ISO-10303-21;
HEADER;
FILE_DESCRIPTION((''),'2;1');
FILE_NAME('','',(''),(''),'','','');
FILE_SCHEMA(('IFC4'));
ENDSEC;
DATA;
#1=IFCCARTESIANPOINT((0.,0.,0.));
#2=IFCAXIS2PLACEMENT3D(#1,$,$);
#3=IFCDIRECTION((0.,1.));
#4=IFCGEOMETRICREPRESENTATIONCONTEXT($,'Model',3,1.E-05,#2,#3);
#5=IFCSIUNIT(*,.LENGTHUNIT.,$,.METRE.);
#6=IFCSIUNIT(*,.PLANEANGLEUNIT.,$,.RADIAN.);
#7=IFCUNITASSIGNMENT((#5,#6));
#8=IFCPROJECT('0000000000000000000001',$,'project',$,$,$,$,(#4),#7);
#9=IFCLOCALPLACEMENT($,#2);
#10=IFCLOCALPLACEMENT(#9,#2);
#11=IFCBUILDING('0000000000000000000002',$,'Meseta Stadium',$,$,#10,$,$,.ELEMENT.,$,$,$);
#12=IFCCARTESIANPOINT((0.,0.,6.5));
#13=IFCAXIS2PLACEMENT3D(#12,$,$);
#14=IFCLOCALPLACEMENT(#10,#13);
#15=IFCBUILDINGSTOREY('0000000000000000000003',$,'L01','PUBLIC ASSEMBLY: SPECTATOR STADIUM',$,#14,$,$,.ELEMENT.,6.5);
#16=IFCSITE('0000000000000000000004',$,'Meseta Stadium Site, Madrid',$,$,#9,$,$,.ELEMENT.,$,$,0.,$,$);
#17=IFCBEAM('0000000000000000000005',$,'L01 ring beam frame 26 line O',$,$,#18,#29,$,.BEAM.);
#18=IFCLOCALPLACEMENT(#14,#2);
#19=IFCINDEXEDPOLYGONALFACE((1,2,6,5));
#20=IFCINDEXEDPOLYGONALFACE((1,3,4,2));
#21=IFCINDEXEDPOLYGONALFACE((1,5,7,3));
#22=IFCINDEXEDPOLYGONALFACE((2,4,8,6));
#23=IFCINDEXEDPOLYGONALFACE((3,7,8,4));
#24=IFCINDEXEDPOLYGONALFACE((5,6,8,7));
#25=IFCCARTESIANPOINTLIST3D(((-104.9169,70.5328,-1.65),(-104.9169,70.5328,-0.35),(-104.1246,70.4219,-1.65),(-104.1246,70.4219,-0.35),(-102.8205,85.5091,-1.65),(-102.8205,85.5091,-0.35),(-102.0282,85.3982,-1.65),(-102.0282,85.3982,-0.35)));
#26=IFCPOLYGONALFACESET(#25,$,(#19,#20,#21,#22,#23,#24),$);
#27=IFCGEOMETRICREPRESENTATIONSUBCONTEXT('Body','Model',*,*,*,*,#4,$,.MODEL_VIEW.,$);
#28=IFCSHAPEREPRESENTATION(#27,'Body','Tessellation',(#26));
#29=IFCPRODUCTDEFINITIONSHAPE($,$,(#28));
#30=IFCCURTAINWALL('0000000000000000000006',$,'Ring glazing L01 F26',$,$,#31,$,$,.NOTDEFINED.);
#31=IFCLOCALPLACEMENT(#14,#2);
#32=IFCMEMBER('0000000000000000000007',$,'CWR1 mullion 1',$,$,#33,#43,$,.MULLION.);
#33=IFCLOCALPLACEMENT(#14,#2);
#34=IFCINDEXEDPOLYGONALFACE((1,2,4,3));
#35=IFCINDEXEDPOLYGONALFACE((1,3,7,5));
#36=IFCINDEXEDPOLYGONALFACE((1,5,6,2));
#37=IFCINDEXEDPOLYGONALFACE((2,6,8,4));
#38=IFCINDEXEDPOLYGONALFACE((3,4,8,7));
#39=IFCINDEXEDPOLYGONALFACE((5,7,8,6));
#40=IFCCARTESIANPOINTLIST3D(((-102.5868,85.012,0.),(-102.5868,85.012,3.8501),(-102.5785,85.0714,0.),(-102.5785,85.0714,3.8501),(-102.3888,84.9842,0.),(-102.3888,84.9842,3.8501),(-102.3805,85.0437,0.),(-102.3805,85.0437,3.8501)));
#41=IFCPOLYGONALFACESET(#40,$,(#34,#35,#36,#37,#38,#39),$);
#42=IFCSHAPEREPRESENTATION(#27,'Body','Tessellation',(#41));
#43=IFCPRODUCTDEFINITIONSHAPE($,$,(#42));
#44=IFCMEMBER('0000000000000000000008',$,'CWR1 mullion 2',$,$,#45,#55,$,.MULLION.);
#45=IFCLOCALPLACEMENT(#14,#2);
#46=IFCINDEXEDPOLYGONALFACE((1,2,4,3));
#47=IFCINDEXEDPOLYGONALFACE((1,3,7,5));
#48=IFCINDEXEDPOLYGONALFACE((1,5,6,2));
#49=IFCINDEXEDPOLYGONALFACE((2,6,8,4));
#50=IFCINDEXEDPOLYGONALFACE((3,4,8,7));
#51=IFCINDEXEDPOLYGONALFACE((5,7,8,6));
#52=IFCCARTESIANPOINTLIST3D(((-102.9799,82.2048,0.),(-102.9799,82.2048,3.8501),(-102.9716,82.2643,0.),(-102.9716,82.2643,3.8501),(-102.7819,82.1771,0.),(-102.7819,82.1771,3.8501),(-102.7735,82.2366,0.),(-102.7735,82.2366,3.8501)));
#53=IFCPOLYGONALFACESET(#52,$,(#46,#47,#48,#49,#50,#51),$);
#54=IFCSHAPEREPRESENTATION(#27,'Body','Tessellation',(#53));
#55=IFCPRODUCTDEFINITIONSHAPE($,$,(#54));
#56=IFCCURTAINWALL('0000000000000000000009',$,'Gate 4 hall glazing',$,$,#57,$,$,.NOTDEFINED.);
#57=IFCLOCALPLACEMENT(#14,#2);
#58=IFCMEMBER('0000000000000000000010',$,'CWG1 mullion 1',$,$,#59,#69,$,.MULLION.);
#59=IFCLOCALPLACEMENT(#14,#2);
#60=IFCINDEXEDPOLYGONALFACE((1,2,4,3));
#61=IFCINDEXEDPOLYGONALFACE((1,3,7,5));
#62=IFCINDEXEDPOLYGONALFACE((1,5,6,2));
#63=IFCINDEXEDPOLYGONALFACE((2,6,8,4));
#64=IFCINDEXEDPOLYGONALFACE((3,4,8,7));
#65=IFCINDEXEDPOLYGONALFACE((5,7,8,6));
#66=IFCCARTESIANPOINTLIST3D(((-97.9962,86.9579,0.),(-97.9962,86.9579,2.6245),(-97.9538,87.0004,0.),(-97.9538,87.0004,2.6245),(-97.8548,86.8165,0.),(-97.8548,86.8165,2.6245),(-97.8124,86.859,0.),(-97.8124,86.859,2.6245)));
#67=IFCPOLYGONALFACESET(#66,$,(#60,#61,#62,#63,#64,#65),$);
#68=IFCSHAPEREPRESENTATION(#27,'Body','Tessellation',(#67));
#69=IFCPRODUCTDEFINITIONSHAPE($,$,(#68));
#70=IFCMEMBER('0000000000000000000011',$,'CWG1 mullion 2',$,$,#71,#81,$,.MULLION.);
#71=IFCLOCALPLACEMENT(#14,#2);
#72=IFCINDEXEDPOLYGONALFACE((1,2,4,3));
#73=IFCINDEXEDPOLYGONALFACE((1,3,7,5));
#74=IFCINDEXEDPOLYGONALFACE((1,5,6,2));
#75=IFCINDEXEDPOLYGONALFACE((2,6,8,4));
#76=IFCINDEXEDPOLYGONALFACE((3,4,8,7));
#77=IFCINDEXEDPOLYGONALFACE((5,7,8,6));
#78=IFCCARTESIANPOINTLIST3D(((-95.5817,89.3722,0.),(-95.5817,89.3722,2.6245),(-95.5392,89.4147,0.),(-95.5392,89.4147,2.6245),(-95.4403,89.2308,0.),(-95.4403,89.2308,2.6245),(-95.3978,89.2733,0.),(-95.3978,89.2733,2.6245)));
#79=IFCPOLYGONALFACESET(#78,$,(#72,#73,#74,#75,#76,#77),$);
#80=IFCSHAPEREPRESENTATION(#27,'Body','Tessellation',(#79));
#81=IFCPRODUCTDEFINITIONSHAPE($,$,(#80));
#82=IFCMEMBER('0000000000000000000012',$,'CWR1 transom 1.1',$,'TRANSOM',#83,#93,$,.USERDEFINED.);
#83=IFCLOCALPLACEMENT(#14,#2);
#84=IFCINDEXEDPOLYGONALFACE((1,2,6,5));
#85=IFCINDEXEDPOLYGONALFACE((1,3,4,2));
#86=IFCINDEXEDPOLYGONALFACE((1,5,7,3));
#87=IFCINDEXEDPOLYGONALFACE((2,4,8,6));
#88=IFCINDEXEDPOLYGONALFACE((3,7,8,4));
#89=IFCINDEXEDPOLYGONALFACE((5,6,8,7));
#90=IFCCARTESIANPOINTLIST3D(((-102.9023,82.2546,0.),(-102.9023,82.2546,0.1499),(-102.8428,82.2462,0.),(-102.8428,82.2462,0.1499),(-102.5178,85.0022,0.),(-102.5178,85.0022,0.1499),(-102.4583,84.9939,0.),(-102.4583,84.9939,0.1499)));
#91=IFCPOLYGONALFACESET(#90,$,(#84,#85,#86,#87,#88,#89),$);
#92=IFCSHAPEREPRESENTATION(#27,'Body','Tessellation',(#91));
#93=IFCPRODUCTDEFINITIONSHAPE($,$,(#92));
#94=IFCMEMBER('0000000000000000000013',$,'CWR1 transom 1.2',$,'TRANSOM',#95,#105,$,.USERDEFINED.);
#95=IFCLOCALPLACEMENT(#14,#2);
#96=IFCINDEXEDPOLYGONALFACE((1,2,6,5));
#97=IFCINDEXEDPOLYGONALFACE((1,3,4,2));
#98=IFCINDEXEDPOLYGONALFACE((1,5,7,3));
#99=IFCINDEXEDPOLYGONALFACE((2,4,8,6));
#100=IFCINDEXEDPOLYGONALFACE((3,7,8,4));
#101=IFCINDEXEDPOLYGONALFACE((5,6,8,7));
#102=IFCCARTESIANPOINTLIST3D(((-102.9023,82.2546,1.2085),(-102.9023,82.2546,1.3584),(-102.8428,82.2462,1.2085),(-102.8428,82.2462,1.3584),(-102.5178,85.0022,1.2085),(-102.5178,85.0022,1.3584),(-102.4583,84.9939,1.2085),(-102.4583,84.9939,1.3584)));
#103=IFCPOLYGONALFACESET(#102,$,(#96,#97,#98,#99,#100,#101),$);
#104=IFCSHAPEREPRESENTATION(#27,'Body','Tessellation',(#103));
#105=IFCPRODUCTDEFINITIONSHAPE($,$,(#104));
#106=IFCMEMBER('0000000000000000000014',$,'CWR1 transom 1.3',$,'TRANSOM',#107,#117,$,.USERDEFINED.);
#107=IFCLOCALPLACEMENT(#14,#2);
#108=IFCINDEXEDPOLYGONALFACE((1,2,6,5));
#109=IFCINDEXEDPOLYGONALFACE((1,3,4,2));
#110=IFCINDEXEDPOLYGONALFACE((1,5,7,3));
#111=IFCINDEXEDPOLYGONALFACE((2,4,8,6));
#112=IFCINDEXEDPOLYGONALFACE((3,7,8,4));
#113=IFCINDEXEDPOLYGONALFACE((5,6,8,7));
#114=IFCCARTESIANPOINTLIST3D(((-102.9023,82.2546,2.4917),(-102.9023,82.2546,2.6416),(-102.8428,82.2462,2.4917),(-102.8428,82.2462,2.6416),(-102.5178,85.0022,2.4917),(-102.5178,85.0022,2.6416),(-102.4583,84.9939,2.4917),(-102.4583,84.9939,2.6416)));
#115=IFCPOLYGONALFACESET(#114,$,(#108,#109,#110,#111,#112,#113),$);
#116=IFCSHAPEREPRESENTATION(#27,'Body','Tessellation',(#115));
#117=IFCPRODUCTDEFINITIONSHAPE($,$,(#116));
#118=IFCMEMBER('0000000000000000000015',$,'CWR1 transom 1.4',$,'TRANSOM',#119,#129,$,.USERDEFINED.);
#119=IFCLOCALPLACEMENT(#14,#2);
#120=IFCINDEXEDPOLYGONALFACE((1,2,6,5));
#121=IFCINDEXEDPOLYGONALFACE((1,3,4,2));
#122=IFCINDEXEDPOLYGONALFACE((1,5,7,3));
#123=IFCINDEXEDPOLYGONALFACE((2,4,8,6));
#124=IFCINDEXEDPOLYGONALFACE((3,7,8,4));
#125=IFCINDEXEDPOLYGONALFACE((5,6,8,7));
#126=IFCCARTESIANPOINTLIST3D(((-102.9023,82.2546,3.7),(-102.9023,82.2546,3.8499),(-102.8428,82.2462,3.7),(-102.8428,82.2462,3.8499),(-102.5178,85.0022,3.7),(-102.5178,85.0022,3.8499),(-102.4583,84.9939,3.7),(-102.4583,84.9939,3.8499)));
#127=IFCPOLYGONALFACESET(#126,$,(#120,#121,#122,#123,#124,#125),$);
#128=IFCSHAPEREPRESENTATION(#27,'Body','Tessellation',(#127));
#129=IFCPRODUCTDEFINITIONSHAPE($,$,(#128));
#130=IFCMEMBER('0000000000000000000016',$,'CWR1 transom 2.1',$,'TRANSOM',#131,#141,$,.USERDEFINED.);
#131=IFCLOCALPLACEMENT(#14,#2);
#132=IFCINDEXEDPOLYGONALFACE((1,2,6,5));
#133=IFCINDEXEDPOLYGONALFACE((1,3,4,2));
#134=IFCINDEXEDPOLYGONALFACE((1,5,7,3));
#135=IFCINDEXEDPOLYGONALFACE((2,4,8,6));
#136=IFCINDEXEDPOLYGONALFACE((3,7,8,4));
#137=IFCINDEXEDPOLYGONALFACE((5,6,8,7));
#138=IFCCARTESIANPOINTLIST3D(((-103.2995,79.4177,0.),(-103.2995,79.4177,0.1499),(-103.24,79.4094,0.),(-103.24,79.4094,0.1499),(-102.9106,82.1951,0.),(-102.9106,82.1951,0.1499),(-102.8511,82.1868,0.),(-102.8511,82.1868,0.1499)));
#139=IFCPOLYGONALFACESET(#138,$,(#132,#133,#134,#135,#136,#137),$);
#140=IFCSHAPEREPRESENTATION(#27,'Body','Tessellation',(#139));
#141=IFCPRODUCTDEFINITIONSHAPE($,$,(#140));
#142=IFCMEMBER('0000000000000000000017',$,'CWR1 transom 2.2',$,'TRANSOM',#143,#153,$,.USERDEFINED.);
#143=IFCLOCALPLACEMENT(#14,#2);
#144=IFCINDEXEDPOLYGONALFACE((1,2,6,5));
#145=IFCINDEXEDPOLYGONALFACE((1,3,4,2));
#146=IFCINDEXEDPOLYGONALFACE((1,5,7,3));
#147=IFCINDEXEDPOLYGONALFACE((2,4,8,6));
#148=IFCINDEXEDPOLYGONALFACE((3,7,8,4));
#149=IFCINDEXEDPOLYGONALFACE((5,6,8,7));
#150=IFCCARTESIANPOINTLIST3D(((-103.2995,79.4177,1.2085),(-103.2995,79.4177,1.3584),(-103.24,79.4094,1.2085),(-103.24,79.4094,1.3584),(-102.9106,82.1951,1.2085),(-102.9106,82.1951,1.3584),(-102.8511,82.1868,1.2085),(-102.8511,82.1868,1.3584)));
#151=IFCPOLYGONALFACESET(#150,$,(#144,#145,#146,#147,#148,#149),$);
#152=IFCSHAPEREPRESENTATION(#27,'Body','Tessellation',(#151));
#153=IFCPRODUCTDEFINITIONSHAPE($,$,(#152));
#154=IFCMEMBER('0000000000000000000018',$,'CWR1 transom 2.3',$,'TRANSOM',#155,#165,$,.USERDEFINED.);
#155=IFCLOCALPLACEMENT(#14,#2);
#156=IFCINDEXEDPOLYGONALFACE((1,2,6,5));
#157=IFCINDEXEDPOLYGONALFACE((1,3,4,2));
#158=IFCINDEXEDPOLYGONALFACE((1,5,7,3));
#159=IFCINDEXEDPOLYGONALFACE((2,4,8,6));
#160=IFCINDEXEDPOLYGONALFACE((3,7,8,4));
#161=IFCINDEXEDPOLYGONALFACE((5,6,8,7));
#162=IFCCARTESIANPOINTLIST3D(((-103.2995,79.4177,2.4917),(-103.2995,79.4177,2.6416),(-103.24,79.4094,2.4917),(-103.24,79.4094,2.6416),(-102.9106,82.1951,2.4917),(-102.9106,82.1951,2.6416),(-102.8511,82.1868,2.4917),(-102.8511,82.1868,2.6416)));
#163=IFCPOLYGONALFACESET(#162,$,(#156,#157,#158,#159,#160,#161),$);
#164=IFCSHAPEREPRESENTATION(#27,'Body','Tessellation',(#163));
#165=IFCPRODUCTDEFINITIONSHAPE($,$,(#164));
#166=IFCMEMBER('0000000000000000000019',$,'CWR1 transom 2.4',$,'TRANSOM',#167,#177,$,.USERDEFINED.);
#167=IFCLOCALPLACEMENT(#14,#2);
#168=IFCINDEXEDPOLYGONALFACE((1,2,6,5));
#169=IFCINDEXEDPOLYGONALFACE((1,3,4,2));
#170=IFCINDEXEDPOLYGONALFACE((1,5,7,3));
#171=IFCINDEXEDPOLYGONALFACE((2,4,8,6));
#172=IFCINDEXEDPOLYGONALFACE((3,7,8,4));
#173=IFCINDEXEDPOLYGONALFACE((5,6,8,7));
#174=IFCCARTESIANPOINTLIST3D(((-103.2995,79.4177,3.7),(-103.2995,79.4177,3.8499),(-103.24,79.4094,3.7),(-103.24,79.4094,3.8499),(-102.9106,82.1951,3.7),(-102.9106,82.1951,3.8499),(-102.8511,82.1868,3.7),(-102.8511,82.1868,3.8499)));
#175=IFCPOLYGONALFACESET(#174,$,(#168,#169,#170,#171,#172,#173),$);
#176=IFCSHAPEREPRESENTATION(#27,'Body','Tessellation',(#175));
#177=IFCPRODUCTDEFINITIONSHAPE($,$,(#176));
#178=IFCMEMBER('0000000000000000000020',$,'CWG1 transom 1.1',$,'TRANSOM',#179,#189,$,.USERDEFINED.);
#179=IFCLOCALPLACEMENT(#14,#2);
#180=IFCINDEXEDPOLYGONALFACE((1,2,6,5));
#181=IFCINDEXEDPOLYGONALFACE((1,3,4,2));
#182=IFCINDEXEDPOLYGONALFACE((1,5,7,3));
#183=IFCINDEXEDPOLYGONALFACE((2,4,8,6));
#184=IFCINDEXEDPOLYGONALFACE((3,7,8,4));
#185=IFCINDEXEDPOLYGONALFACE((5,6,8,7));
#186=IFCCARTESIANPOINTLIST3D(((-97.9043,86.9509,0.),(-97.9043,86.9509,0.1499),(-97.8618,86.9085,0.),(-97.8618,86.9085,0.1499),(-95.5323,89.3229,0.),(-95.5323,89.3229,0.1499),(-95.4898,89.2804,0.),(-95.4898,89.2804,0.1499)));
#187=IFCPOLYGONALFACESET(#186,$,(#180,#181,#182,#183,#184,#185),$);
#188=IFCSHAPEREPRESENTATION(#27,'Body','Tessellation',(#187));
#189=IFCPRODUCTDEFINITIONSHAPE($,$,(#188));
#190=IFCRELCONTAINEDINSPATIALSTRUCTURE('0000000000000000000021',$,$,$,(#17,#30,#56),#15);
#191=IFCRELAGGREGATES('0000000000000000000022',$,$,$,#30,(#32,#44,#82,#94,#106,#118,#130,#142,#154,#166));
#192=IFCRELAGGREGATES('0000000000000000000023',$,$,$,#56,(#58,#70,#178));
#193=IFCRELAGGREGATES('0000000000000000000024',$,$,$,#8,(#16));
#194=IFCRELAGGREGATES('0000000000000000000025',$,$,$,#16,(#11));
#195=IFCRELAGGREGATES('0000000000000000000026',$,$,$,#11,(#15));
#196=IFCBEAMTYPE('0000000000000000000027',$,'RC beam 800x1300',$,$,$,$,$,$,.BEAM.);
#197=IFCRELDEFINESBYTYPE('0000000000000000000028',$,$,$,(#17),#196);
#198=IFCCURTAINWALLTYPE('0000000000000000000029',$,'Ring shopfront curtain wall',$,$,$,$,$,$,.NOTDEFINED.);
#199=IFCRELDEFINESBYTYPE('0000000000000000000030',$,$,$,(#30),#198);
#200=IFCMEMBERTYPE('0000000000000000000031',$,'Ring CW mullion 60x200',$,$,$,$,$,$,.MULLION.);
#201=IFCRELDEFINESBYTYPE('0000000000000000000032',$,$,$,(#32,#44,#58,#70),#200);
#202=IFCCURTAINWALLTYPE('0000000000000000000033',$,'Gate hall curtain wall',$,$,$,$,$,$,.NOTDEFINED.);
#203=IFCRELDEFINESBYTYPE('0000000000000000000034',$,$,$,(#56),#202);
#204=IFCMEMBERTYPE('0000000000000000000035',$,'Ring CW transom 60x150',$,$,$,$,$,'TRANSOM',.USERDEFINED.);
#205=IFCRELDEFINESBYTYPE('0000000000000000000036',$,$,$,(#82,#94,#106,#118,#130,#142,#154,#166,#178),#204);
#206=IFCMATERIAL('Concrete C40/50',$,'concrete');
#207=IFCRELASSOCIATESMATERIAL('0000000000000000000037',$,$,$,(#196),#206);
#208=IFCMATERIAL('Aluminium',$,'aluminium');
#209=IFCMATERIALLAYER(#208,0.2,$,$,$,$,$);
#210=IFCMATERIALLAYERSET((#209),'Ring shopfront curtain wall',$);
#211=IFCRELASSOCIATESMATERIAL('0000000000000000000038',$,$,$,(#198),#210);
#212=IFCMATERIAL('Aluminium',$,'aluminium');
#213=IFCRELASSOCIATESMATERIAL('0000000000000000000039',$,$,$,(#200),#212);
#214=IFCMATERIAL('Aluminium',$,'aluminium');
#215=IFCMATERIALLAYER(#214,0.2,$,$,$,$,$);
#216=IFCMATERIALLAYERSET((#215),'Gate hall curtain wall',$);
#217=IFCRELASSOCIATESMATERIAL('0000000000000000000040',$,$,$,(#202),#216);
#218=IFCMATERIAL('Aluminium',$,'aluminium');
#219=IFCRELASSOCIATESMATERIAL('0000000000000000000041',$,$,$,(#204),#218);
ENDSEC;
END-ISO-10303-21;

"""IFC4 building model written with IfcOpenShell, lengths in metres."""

from ifc_helpers import new_model, si_unit, direction, frame, origin, origin_2d, place, context, subcontext, project, spatial, rectangle, extrude, material, layer, layer_set, material_profile, profile_set, type_object, element, aggregate, save


model = new_model("IFC4")

# Units and contexts
model_context = context("Model", 3, precision=1e-05, world=origin(), true_north=direction((0.0, 1.0)))
body_context = subcontext(model_context, "Body", "Model", "MODEL_VIEW")
ifc_project = project(units=[si_unit("LENGTHUNIT", "METRE"), si_unit("PLANEANGLEUNIT", "RADIAN")], contexts=[model_context])

# Site, building, storey
site_placement = place(None, origin())
site = spatial("IfcSite", under=ifc_project, at=site_placement, Name="Meseta Stadium Site, Madrid", CompositionType="ELEMENT", RefElevation=0.0)
building_placement = place(site_placement, origin())
building = spatial("IfcBuilding", under=site, at=building_placement, Name="Meseta Stadium", CompositionType="ELEMENT")
storey_placement = place(building_placement, frame((0.0, 0.0, 6.5)))
storey = spatial("IfcBuildingStorey", under=building, at=storey_placement, Name="L01", Description="PUBLIC ASSEMBLY: SPECTATOR STADIUM", CompositionType="ELEMENT", Elevation=6.5)

# Beam
ifc_material_1 = material(Name="Concrete C40/50", Category="concrete")
ifc_material_profile_1 = material_profile(ifc_material_1, rectangle(XDim=0.8, YDim=1.3, at=origin_2d()), Name="RC 800x1300")
ifc_profile_set_1 = profile_set([ifc_material_profile_1], Name="Concrete C40/50")
beam_type_1 = type_object("IfcBeamType", Name="RC beam 800x1300", PredefinedType="BEAM", material=ifc_profile_set_1)
beam_1_placement = place(storey_placement, frame((-102.4243, 85.4536, -1.0), z_axis=(-0.138632, -0.990344, 0.0), x_axis=(0.990344, -0.138632, 0.0)))
element("IfcBeam", 1, at=beam_1_placement, inside=storey, type_object=beam_type_1, Name="L01 ring beam frame 26 line O", PredefinedType="BEAM", context=body_context, shape_type="SweptSolid", body=[
    extrude(rectangle(XDim=0.8, YDim=1.3, at=origin_2d()), origin(), (0.0, 0.0, 1.0), 15.1223),
])

# Curtain walls, members
ifc_material_2 = material(Name="Aluminium", Category="aluminium")
ifc_layer_1 = layer(ifc_material_2, 0.2)
ifc_layer_set_1 = layer_set([ifc_layer_1], Name="Ring shopfront curtain wall")
curtain_wall_type_1 = type_object("IfcCurtainWallType", Name="Ring shopfront curtain wall", PredefinedType="NOTDEFINED", material=ifc_layer_set_1)
curtain_wall_1_placement = place(storey_placement, origin())
curtain_wall_1 = element("IfcCurtainWall", 2, at=curtain_wall_1_placement, inside=storey, type_object=curtain_wall_type_1, Name="Ring glazing L01 F26", PredefinedType="NOTDEFINED")
ifc_material_3 = material(Name="Aluminium", Category="aluminium")
ifc_material_profile_2 = material_profile(ifc_material_3, rectangle(XDim=0.2, YDim=0.0601, at=origin_2d()), Name="CW 200x60")
ifc_profile_set_2 = profile_set([ifc_material_profile_2], Name="Aluminium")
member_type_1 = type_object("IfcMemberType", Name="Ring CW mullion 60x200", PredefinedType="MULLION", material=ifc_profile_set_2)
member_1_placement = place(storey_placement, frame((-102.4836, 85.0278, 0.0), z_axis=(0.0, 0.0, 1.0), x_axis=(0.990342, -0.138643, 0.0)))
member_1 = element("IfcMember", 3, at=member_1_placement, type_object=member_type_1, Name="CWR1 mullion 1", PredefinedType="MULLION", context=body_context, shape_type="SweptSolid", body=[
    extrude(rectangle(XDim=0.2, YDim=0.0601, at=origin_2d()), origin(), (0.0, 0.0, 1.0), 3.8501),
])
member_2_placement = place(storey_placement, frame((-102.8767, 82.2207, 0.0), z_axis=(0.0, 0.0, 1.0), x_axis=(0.990342, -0.138643, 0.0)))
member_2 = element("IfcMember", 4, at=member_2_placement, type_object=member_type_1, Name="CWR1 mullion 2", PredefinedType="MULLION", context=body_context, shape_type="SweptSolid", body=[
    extrude(rectangle(XDim=0.2, YDim=0.0601, at=origin_2d()), origin(), (0.0, 0.0, 1.0), 3.8501),
])
ifc_material_4 = material(Name="Aluminium", Category="aluminium")
ifc_layer_2 = layer(ifc_material_4, 0.2)
ifc_layer_set_2 = layer_set([ifc_layer_2], Name="Gate hall curtain wall")
curtain_wall_type_2 = type_object("IfcCurtainWallType", Name="Gate hall curtain wall", PredefinedType="NOTDEFINED", material=ifc_layer_set_2)
curtain_wall_2_placement = place(storey_placement, origin())
curtain_wall_2 = element("IfcCurtainWall", 5, at=curtain_wall_2_placement, inside=storey, type_object=curtain_wall_type_2, Name="Gate 4 hall glazing", PredefinedType="NOTDEFINED")
member_3_placement = place(storey_placement, frame((-97.9043, 86.9084, 0.0), z_axis=(0.0, 0.0, 1.0), x_axis=(-0.707102, 0.707112, 0.0)))
member_3 = element("IfcMember", 6, at=member_3_placement, type_object=member_type_1, Name="CWG1 mullion 1", PredefinedType="MULLION", context=body_context, shape_type="SweptSolid", body=[
    extrude(rectangle(XDim=0.2, YDim=0.0601, at=origin_2d()), origin(), (0.0, 0.0, 1.0), 2.6245),
])
member_4_placement = place(storey_placement, frame((-95.4897, 89.3228, 0.0), z_axis=(0.0, 0.0, 1.0), x_axis=(-0.707102, 0.707112, 0.0)))
member_4 = element("IfcMember", 7, at=member_4_placement, type_object=member_type_1, Name="CWG1 mullion 2", PredefinedType="MULLION", context=body_context, shape_type="SweptSolid", body=[
    extrude(rectangle(XDim=0.2, YDim=0.0601, at=origin_2d()), origin(), (0.0, 0.0, 1.0), 2.6245),
])

# Members
ifc_material_5 = material(Name="Aluminium", Category="aluminium")
ifc_material_profile_3 = material_profile(ifc_material_5, rectangle(XDim=0.0601, YDim=0.1499, at=origin_2d()), Name="CW 60x150")
ifc_profile_set_3 = profile_set([ifc_material_profile_3], Name="Aluminium")
member_type_2 = type_object("IfcMemberType", Name="Ring CW transom 60x150", ElementType="TRANSOM", PredefinedType="USERDEFINED", material=ifc_profile_set_3)
member_5_placement = place(storey_placement, frame((-102.488, 84.998, 0.075), z_axis=(-0.1386, -0.990349, 0.0), x_axis=(0.990349, -0.1386, 0.0)))
member_5 = element("IfcMember", 8, at=member_5_placement, type_object=member_type_2, Name="CWR1 transom 1.1", ObjectType="TRANSOM", PredefinedType="USERDEFINED", context=body_context, shape_type="SweptSolid", body=[
    extrude(rectangle(XDim=0.0601, YDim=0.1499, at=origin_2d()), origin(), (0.0, 0.0, 1.0), 2.7744),
])
member_6_placement = place(storey_placement, frame((-102.488, 84.998, 1.2834), z_axis=(-0.1386, -0.990349, 0.0), x_axis=(0.990349, -0.1386, 0.0)))
member_6 = element("IfcMember", 9, at=member_6_placement, type_object=member_type_2, Name="CWR1 transom 1.2", ObjectType="TRANSOM", PredefinedType="USERDEFINED", context=body_context, shape_type="SweptSolid", body=[
    extrude(rectangle(XDim=0.0601, YDim=0.1499, at=origin_2d()), origin(), (0.0, 0.0, 1.0), 2.7744),
])
member_7_placement = place(storey_placement, frame((-102.488, 84.998, 2.5667), z_axis=(-0.1386, -0.990349, 0.0), x_axis=(0.990349, -0.1386, 0.0)))
member_7 = element("IfcMember", 10, at=member_7_placement, type_object=member_type_2, Name="CWR1 transom 1.3", ObjectType="TRANSOM", PredefinedType="USERDEFINED", context=body_context, shape_type="SweptSolid", body=[
    extrude(rectangle(XDim=0.0601, YDim=0.1499, at=origin_2d()), origin(), (0.0, 0.0, 1.0), 2.7744),
])
member_8_placement = place(storey_placement, frame((-102.488, 84.998, 3.7749), z_axis=(-0.1386, -0.990349, 0.0), x_axis=(0.990349, -0.1386, 0.0)))
member_8 = element("IfcMember", 11, at=member_8_placement, type_object=member_type_2, Name="CWR1 transom 1.4", ObjectType="TRANSOM", PredefinedType="USERDEFINED", context=body_context, shape_type="SweptSolid", body=[
    extrude(rectangle(XDim=0.0601, YDim=0.1499, at=origin_2d()), origin(), (0.0, 0.0, 1.0), 2.7744),
])
member_9_placement = place(storey_placement, frame((-102.8809, 82.1909, 0.075), z_axis=(-0.138679, -0.990337, 0.0), x_axis=(0.990337, -0.138679, 0.0)))
member_9 = element("IfcMember", 12, at=member_9_placement, type_object=member_type_2, Name="CWR1 transom 2.1", ObjectType="TRANSOM", PredefinedType="USERDEFINED", context=body_context, shape_type="SweptSolid", body=[
    extrude(rectangle(XDim=0.0601, YDim=0.1499, at=origin_2d()), origin(), (0.0, 0.0, 1.0), 2.8044),
])
member_10_placement = place(storey_placement, frame((-102.8809, 82.1909, 1.2834), z_axis=(-0.138679, -0.990337, 0.0), x_axis=(0.990337, -0.138679, 0.0)))
member_10 = element("IfcMember", 13, at=member_10_placement, type_object=member_type_2, Name="CWR1 transom 2.2", ObjectType="TRANSOM", PredefinedType="USERDEFINED", context=body_context, shape_type="SweptSolid", body=[
    extrude(rectangle(XDim=0.0601, YDim=0.1499, at=origin_2d()), origin(), (0.0, 0.0, 1.0), 2.8044),
])
member_11_placement = place(storey_placement, frame((-102.8809, 82.1909, 2.5667), z_axis=(-0.138679, -0.990337, 0.0), x_axis=(0.990337, -0.138679, 0.0)))
member_11 = element("IfcMember", 14, at=member_11_placement, type_object=member_type_2, Name="CWR1 transom 2.3", ObjectType="TRANSOM", PredefinedType="USERDEFINED", context=body_context, shape_type="SweptSolid", body=[
    extrude(rectangle(XDim=0.0601, YDim=0.1499, at=origin_2d()), origin(), (0.0, 0.0, 1.0), 2.8044),
])
member_12_placement = place(storey_placement, frame((-102.8809, 82.1909, 3.7749), z_axis=(-0.138679, -0.990337, 0.0), x_axis=(0.990337, -0.138679, 0.0)))
member_12 = element("IfcMember", 15, at=member_12_placement, type_object=member_type_2, Name="CWR1 transom 2.4", ObjectType="TRANSOM", PredefinedType="USERDEFINED", context=body_context, shape_type="SweptSolid", body=[
    extrude(rectangle(XDim=0.0601, YDim=0.1499, at=origin_2d()), origin(), (0.0, 0.0, 1.0), 2.8044),
])
member_13_placement = place(storey_placement, frame((-97.8831, 86.9297, 0.075), z_axis=(0.707107, 0.707107, 0.0), x_axis=(-0.707107, 0.707107, 0.0)))
member_13 = element("IfcMember", 16, at=member_13_placement, type_object=member_type_2, Name="CWG1 transom 1.1", ObjectType="TRANSOM", PredefinedType="USERDEFINED", context=body_context, shape_type="SweptSolid", body=[
    extrude(rectangle(XDim=0.0601, YDim=0.1499, at=origin_2d()), origin(), (0.0, 0.0, 1.0), 3.3545),
])

aggregate(curtain_wall_1, [member_1, member_2, member_5, member_6, member_7, member_8, member_9, member_10, member_11, member_12])
aggregate(curtain_wall_2, [member_3, member_4, member_13])

save(model, "model.ifc")
